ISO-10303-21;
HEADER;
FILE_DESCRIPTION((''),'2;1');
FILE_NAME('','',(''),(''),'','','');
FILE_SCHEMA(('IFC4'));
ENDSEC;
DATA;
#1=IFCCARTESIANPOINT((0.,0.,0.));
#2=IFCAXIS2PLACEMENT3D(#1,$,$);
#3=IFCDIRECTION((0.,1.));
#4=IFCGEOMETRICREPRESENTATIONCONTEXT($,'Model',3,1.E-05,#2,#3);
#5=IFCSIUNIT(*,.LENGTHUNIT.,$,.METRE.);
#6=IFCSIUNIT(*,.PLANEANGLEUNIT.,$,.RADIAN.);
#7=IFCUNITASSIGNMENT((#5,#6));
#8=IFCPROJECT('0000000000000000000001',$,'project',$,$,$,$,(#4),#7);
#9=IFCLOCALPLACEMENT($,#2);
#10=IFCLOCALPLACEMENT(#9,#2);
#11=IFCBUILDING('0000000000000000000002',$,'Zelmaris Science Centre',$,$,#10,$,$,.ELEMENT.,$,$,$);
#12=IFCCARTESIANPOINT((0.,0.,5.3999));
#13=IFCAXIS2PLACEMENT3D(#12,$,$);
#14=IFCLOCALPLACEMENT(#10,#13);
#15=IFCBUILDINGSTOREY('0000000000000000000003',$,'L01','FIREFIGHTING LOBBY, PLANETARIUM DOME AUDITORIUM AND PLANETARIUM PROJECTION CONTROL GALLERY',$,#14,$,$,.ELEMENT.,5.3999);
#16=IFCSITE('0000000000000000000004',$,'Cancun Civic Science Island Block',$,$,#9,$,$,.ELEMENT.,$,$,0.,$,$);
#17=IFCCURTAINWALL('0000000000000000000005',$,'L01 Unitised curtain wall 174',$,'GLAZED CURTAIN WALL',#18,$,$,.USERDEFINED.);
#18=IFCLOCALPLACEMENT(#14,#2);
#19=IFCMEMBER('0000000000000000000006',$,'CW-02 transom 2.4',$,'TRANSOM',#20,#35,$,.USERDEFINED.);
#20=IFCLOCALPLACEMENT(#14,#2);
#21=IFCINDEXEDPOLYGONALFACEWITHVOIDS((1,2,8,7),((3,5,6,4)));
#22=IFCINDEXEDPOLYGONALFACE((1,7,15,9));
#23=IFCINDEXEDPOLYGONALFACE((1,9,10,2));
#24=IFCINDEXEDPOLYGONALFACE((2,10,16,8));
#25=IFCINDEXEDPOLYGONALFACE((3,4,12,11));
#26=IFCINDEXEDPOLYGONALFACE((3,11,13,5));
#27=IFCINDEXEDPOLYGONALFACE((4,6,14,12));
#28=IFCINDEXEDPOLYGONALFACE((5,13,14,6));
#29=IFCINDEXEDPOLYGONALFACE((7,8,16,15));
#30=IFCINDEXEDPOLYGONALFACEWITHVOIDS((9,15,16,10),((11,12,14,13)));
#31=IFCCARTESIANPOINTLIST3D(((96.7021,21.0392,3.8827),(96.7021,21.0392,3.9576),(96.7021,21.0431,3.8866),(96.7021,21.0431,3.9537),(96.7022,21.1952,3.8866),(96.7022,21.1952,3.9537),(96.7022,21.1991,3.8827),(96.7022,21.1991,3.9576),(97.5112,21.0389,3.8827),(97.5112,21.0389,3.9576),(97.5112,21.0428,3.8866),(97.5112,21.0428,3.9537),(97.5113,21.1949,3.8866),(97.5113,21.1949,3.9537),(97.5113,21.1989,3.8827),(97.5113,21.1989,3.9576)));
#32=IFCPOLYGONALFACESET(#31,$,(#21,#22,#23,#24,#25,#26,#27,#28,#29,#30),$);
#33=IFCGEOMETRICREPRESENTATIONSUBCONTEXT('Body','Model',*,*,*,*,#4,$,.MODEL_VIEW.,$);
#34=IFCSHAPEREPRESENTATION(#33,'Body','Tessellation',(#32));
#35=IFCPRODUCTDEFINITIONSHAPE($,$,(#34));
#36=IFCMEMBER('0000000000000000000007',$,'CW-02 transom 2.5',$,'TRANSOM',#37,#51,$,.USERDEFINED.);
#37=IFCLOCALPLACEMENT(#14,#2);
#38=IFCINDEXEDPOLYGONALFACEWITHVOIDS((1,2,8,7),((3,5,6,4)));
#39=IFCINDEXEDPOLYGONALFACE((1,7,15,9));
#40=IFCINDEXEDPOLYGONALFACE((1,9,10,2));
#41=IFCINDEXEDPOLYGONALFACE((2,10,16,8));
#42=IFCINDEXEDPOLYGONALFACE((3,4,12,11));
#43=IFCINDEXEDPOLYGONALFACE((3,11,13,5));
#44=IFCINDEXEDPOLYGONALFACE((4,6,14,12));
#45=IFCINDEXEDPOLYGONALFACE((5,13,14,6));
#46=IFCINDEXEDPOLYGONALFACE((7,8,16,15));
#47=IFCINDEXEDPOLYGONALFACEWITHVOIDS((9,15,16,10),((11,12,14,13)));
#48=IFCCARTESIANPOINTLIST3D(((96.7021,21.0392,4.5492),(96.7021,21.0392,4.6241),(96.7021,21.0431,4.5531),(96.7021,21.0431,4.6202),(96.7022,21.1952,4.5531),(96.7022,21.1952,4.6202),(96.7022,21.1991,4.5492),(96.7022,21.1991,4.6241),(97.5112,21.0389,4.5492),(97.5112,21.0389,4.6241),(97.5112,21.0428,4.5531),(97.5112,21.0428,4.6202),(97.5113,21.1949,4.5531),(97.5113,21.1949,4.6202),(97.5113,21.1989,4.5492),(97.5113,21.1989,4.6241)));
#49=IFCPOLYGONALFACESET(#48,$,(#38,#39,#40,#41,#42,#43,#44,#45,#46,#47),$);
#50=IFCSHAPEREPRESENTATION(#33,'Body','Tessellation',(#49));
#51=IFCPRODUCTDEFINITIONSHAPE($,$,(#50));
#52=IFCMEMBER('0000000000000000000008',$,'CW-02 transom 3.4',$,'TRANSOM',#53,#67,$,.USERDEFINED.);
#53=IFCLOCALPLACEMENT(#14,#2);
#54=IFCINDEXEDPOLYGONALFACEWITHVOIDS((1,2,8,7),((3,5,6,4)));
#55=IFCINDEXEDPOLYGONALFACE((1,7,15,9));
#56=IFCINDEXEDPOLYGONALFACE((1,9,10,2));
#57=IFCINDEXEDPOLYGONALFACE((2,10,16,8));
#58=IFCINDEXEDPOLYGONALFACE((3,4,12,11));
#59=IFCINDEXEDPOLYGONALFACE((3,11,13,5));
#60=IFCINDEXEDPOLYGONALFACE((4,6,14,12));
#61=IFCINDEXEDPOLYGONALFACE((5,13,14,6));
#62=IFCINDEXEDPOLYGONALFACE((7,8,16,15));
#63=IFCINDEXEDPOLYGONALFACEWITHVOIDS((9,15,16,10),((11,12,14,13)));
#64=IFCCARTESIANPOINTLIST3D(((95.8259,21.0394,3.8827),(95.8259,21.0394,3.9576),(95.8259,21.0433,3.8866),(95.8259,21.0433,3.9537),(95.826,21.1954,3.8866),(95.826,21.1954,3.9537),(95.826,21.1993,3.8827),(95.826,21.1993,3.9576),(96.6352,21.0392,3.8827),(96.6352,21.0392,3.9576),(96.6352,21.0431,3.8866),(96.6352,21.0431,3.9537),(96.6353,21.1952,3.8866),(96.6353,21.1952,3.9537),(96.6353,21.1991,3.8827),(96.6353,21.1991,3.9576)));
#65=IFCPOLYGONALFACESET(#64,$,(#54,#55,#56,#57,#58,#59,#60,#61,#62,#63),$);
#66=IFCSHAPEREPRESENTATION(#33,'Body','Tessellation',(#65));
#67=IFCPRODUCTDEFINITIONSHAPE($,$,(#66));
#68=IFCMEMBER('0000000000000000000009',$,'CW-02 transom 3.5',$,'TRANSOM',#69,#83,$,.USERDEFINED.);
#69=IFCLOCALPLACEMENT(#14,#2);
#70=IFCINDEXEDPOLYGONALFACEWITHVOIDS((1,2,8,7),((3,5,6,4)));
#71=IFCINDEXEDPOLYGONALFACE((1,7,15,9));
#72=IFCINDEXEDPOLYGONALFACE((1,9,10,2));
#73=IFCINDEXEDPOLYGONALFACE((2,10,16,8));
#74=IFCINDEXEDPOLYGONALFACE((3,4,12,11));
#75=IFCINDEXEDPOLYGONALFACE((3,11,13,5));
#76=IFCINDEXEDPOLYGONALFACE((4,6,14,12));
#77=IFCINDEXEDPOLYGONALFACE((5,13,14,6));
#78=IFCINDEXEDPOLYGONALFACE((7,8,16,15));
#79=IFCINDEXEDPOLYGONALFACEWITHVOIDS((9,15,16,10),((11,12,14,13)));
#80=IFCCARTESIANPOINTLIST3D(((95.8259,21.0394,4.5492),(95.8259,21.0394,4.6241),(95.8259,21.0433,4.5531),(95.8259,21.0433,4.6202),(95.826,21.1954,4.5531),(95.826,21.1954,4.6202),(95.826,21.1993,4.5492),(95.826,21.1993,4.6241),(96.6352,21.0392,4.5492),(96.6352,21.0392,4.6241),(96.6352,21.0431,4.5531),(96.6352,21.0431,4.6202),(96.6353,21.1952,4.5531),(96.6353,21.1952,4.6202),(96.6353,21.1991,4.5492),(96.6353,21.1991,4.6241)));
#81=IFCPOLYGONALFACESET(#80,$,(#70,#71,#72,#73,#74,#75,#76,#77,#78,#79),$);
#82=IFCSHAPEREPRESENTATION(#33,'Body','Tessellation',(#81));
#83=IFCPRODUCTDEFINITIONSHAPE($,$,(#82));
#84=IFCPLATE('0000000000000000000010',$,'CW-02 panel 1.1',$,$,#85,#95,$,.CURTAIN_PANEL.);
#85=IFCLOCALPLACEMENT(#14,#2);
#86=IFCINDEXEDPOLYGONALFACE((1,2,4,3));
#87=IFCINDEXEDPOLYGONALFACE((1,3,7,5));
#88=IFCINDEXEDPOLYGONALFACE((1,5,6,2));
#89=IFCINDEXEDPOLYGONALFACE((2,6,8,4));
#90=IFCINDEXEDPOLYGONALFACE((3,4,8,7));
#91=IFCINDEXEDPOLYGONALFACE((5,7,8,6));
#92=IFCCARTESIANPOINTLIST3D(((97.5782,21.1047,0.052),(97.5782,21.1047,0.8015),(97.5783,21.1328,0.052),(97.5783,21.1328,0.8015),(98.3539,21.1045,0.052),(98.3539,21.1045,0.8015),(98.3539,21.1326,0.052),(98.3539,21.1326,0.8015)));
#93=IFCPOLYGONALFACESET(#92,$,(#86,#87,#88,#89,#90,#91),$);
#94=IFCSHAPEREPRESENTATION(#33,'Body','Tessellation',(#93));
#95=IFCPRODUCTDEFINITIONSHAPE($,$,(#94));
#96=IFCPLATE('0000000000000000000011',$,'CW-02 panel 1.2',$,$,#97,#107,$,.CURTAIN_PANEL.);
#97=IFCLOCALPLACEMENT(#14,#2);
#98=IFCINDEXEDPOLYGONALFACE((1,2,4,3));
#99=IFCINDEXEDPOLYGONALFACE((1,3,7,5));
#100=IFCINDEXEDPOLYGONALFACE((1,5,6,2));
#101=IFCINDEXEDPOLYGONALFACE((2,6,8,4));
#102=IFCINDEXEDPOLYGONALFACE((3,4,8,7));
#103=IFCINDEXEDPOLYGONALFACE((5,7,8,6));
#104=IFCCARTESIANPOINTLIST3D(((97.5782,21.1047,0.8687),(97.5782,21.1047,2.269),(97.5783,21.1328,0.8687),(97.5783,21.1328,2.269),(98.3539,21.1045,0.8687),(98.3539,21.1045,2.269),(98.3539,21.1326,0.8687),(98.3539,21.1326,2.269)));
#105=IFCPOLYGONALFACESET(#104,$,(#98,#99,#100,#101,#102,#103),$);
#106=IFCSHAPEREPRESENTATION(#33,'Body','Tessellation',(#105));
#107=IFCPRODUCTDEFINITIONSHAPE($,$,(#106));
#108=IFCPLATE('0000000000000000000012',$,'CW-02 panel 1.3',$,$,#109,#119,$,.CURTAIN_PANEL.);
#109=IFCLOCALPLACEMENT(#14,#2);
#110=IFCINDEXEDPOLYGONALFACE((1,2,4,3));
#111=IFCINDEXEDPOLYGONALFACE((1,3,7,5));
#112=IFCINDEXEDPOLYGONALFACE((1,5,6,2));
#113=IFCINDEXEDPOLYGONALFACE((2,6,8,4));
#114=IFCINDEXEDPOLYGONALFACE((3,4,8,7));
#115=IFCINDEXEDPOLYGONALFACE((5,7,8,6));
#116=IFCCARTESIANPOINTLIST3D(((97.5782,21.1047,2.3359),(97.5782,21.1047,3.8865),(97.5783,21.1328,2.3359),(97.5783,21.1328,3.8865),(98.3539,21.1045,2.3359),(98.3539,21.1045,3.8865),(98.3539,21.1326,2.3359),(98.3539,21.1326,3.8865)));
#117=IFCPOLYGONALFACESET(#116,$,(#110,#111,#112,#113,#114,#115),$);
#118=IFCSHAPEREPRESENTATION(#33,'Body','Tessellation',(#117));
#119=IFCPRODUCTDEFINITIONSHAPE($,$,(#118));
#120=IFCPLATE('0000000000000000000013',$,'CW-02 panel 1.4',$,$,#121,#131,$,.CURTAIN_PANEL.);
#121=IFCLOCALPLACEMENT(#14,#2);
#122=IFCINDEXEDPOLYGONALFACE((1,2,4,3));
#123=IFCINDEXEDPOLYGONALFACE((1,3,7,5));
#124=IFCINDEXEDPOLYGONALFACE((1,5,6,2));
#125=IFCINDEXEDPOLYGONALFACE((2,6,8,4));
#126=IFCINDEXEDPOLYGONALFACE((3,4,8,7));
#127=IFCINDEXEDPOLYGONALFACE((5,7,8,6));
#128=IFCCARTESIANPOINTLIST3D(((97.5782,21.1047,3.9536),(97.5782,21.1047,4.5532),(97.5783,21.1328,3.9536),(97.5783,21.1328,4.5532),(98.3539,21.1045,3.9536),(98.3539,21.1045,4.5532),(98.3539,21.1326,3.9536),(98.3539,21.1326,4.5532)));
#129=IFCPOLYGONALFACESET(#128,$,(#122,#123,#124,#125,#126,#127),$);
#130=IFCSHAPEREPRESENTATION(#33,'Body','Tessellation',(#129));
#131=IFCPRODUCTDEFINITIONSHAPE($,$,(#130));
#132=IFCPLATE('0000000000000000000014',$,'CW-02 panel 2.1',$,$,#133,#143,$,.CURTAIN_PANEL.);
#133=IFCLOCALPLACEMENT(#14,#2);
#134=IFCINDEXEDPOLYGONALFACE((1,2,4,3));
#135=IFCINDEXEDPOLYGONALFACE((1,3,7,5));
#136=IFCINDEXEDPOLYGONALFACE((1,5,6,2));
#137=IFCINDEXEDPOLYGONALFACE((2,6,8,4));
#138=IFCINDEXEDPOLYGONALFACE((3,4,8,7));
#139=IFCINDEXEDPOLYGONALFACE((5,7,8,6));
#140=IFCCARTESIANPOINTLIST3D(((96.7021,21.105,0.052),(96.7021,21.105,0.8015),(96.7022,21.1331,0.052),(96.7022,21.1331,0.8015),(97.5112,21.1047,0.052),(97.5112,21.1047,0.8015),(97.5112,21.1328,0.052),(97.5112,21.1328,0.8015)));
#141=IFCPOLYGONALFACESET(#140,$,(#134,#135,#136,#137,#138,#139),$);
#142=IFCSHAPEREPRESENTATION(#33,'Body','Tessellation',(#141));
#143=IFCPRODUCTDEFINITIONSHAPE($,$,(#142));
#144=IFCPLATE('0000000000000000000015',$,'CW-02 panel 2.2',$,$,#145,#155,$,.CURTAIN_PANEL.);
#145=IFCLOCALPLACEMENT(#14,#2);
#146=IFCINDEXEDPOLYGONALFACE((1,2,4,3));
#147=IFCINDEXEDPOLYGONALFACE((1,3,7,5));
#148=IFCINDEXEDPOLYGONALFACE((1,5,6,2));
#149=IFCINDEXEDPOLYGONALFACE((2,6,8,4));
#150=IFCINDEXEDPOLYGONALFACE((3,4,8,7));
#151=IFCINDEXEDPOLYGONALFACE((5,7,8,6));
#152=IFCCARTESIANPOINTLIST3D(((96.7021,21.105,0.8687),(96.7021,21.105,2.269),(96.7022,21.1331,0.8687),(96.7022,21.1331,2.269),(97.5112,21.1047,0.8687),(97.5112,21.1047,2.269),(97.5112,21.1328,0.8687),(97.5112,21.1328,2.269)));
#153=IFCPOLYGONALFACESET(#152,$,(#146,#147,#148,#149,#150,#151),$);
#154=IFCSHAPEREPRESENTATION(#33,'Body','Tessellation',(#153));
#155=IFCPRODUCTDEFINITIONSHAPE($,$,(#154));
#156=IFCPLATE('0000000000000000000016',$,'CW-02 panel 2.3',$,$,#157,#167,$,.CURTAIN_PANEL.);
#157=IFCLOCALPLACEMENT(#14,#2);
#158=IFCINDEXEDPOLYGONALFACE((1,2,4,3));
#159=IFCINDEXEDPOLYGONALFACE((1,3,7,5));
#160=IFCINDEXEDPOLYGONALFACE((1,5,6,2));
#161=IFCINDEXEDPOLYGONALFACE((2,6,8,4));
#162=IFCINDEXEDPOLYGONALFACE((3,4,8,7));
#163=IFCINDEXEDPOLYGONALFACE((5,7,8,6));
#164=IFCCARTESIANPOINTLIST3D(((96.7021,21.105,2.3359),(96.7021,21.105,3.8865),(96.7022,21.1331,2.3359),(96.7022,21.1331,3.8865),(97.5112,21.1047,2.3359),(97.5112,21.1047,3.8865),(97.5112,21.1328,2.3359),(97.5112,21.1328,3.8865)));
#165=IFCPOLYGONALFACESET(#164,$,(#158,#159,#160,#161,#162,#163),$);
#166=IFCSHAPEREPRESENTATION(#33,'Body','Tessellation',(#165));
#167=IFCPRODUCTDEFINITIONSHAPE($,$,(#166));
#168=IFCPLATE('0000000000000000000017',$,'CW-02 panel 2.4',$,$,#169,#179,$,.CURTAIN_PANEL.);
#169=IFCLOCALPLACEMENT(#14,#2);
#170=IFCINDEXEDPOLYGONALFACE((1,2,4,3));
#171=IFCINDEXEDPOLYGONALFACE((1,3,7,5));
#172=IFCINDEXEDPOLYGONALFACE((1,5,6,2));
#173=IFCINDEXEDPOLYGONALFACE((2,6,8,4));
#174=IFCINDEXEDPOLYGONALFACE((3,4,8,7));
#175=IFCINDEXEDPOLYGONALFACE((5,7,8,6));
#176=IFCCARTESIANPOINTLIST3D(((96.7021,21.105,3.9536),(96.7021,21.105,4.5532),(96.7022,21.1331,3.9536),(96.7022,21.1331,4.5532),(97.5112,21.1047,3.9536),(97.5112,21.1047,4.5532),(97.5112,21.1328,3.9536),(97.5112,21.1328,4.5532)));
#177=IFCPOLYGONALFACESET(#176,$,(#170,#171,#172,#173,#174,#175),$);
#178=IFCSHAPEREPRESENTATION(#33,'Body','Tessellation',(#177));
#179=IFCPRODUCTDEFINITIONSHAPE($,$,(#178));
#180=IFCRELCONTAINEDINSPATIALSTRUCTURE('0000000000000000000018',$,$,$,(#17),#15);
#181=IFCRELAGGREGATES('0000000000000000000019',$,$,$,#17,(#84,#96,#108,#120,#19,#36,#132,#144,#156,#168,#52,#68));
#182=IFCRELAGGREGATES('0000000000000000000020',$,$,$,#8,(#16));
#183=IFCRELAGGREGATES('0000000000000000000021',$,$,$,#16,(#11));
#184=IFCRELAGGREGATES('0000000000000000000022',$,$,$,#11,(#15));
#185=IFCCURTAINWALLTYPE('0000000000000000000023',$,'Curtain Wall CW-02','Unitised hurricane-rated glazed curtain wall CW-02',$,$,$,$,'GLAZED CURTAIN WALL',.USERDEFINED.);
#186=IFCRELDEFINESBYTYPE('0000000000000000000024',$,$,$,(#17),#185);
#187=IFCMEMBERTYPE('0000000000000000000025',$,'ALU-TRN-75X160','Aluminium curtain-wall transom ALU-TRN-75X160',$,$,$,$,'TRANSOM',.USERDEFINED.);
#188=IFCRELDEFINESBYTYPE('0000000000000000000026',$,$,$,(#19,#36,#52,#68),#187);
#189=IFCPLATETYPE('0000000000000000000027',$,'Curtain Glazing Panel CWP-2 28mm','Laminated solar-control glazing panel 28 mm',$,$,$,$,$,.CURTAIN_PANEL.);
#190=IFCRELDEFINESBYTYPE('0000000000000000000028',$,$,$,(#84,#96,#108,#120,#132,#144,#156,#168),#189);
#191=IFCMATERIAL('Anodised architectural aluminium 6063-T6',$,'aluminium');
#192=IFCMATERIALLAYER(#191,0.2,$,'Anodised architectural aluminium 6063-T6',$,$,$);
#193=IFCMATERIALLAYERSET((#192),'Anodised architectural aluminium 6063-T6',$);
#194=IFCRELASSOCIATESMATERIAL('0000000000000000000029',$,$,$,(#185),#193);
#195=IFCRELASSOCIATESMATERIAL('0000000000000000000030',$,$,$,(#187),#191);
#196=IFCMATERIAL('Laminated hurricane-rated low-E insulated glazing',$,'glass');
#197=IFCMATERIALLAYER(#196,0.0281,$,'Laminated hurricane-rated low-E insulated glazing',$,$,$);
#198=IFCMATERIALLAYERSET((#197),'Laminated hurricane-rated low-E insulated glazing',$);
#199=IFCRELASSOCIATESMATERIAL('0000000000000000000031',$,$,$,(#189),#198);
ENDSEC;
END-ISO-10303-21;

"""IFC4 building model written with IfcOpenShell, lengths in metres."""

from ifc_helpers import new_model, si_unit, direction, frame, origin, origin_2d, place, context, subcontext, project, spatial, rectangle, hollow_rectangle, extrude, material, layer, layer_set, material_profile, profile_set, type_object, element, aggregate, save


model = new_model("IFC4")

# Units and contexts
model_context = context("Model", 3, precision=1e-05, world=origin(), true_north=direction((0.0, 1.0)))
body_context = subcontext(model_context, "Body", "Model", "MODEL_VIEW")
ifc_project = project(units=[si_unit("LENGTHUNIT", "METRE"), si_unit("PLANEANGLEUNIT", "RADIAN")], contexts=[model_context])

# Site, building, storey
site_placement = place(None, origin())
site = spatial("IfcSite", under=ifc_project, at=site_placement, Name="Cancun Civic Science Island Block", CompositionType="ELEMENT", RefElevation=0.0)
building_placement = place(site_placement, origin())
building = spatial("IfcBuilding", under=site, at=building_placement, Name="Zelmaris Science Centre", CompositionType="ELEMENT")
storey_placement = place(building_placement, frame((0.0, 0.0, 5.3999)))
storey = spatial("IfcBuildingStorey", under=building, at=storey_placement, Name="L01", Description="FIREFIGHTING LOBBY, PLANETARIUM DOME AUDITORIUM AND PLANETARIUM PROJECTION CONTROL GALLERY", CompositionType="ELEMENT", Elevation=5.3999)

# Curtain wall, members, plates
ifc_material_1 = material(Name="Anodised architectural aluminium 6063-T6", Category="aluminium")
ifc_layer_1 = layer(ifc_material_1, 0.2, Name="Anodised architectural aluminium 6063-T6")
ifc_layer_set_1 = layer_set([ifc_layer_1], Name="Anodised architectural aluminium 6063-T6")
curtain_wall_type = type_object("IfcCurtainWallType", Name="Curtain Wall CW-02", Description="Unitised hurricane-rated glazed curtain wall CW-02", ElementType="GLAZED CURTAIN WALL", PredefinedType="USERDEFINED", material=ifc_layer_set_1)
curtain_wall_placement = place(storey_placement, origin())
curtain_wall = element("IfcCurtainWall", 1, at=curtain_wall_placement, inside=storey, type_object=curtain_wall_type, Name="L01 Unitised curtain wall 174", ObjectType="GLAZED CURTAIN WALL", PredefinedType="USERDEFINED")
ifc_material_profile_1 = material_profile(ifc_material_1, hollow_rectangle(XDim=0.075, YDim=0.1599, WallThickness=0.0039, at=origin_2d()), Name="ALU-TRN-75X160")
ifc_profile_set_1 = profile_set([ifc_material_profile_1], Name="Anodised architectural aluminium 6063-T6")
member_type_1 = type_object("IfcMemberType", Name="ALU-TRN-75X160", Description="Aluminium curtain-wall transom ALU-TRN-75X160", ElementType="TRANSOM", PredefinedType="USERDEFINED", material=ifc_profile_set_1)
member_1_placement = place(storey_placement, frame((97.5112, 21.1189, 3.9202), z_axis=(-1.0, 0.000302, 0.0), x_axis=(0.0, 0.0, 1.0)))
member_1 = element("IfcMember", 2, at=member_1_placement, type_object=member_type_1, Name="CW-02 transom 2.4", ObjectType="TRANSOM", PredefinedType="USERDEFINED", context=body_context, shape_type="SweptSolid", body=[
    extrude(hollow_rectangle(XDim=0.075, YDim=0.1599, WallThickness=0.0039, at=origin_2d()), origin(), (0.0, 0.0, 1.0), 0.8091),
])
member_2_placement = place(storey_placement, frame((97.5112, 21.1189, 4.5867), z_axis=(-1.0, 0.000302, 0.0), x_axis=(0.0, 0.0, 1.0)))
member_2 = element("IfcMember", 3, at=member_2_placement, type_object=member_type_1, Name="CW-02 transom 2.5", ObjectType="TRANSOM", PredefinedType="USERDEFINED", context=body_context, shape_type="SweptSolid", body=[
    extrude(hollow_rectangle(XDim=0.075, YDim=0.1599, WallThickness=0.0039, at=origin_2d()), origin(), (0.0, 0.0, 1.0), 0.8091),
])
member_3_placement = place(storey_placement, frame((96.6353, 21.1191, 3.9202), z_axis=(-1.0, 0.000302, 0.0), x_axis=(0.0, 0.0, 1.0)))
member_3 = element("IfcMember", 4, at=member_3_placement, type_object=member_type_1, Name="CW-02 transom 3.4", ObjectType="TRANSOM", PredefinedType="USERDEFINED", context=body_context, shape_type="SweptSolid", body=[
    extrude(hollow_rectangle(XDim=0.075, YDim=0.1599, WallThickness=0.0039, at=origin_2d()), origin(), (0.0, 0.0, 1.0), 0.8093),
])
member_4_placement = place(storey_placement, frame((96.6353, 21.1191, 4.5867), z_axis=(-1.0, 0.000302, 0.0), x_axis=(0.0, 0.0, 1.0)))
member_4 = element("IfcMember", 5, at=member_4_placement, type_object=member_type_1, Name="CW-02 transom 3.5", ObjectType="TRANSOM", PredefinedType="USERDEFINED", context=body_context, shape_type="SweptSolid", body=[
    extrude(hollow_rectangle(XDim=0.075, YDim=0.1599, WallThickness=0.0039, at=origin_2d()), origin(), (0.0, 0.0, 1.0), 0.8093),
])
ifc_material_2 = material(Name="Laminated hurricane-rated low-E insulated glazing", Category="glass")
ifc_layer_2 = layer(ifc_material_2, 0.0281, Name="Laminated hurricane-rated low-E insulated glazing")
ifc_layer_set_2 = layer_set([ifc_layer_2], Name="Laminated hurricane-rated low-E insulated glazing")
plate_type = type_object("IfcPlateType", Name="Curtain Glazing Panel CWP-2 28mm", Description="Laminated solar-control glazing panel 28 mm", PredefinedType="CURTAIN_PANEL", material=ifc_layer_set_2)
plate_1_placement = place(storey_placement, frame((97.9661, 21.1187, 0.052), z_axis=(0.0, 0.0, 1.0), x_axis=(-1.0, 0.00032, 0.0)))
plate_1 = element("IfcPlate", 6, at=plate_1_placement, type_object=plate_type, Name="CW-02 panel 1.1", PredefinedType="CURTAIN_PANEL", context=body_context, shape_type="SweptSolid", body=[
    extrude(rectangle(XDim=0.7756, YDim=0.0281, at=origin_2d()), origin(), (0.0, 0.0, 1.0), 0.7495),
])
plate_2_placement = place(storey_placement, frame((97.9661, 21.1187, 0.8687), z_axis=(0.0, 0.0, 1.0), x_axis=(-1.0, 0.00032, 0.0)))
plate_2 = element("IfcPlate", 7, at=plate_2_placement, type_object=plate_type, Name="CW-02 panel 1.2", PredefinedType="CURTAIN_PANEL", context=body_context, shape_type="SweptSolid", body=[
    extrude(rectangle(XDim=0.7756, YDim=0.0281, at=origin_2d()), origin(), (0.0, 0.0, 1.0), 1.4004),
])
plate_3_placement = place(storey_placement, frame((97.9661, 21.1187, 2.3359), z_axis=(0.0, 0.0, 1.0), x_axis=(-1.0, 0.00032, 0.0)))
plate_3 = element("IfcPlate", 8, at=plate_3_placement, type_object=plate_type, Name="CW-02 panel 1.3", PredefinedType="CURTAIN_PANEL", context=body_context, shape_type="SweptSolid", body=[
    extrude(rectangle(XDim=0.7756, YDim=0.0281, at=origin_2d()), origin(), (0.0, 0.0, 1.0), 1.5505),
])
plate_4_placement = place(storey_placement, frame((97.9661, 21.1187, 3.9536), z_axis=(0.0, 0.0, 1.0), x_axis=(-1.0, 0.00032, 0.0)))
plate_4 = element("IfcPlate", 9, at=plate_4_placement, type_object=plate_type, Name="CW-02 panel 1.4", PredefinedType="CURTAIN_PANEL", context=body_context, shape_type="SweptSolid", body=[
    extrude(rectangle(XDim=0.7756, YDim=0.0281, at=origin_2d()), origin(), (0.0, 0.0, 1.0), 0.5996),
])
plate_5_placement = place(storey_placement, frame((97.1067, 21.1189, 0.052), z_axis=(0.0, 0.0, 1.0), x_axis=(-1.0, 0.00032, 0.0)))
plate_5 = element("IfcPlate", 10, at=plate_5_placement, type_object=plate_type, Name="CW-02 panel 2.1", PredefinedType="CURTAIN_PANEL", context=body_context, shape_type="SweptSolid", body=[
    extrude(rectangle(XDim=0.8091, YDim=0.0281, at=origin_2d()), origin(), (0.0, 0.0, 1.0), 0.7495),
])
plate_6_placement = place(storey_placement, frame((97.1067, 21.1189, 0.8687), z_axis=(0.0, 0.0, 1.0), x_axis=(-1.0, 0.00032, 0.0)))
plate_6 = element("IfcPlate", 11, at=plate_6_placement, type_object=plate_type, Name="CW-02 panel 2.2", PredefinedType="CURTAIN_PANEL", context=body_context, shape_type="SweptSolid", body=[
    extrude(rectangle(XDim=0.8091, YDim=0.0281, at=origin_2d()), origin(), (0.0, 0.0, 1.0), 1.4004),
])
plate_7_placement = place(storey_placement, frame((97.1067, 21.1189, 2.3359), z_axis=(0.0, 0.0, 1.0), x_axis=(-1.0, 0.00032, 0.0)))
plate_7 = element("IfcPlate", 12, at=plate_7_placement, type_object=plate_type, Name="CW-02 panel 2.3", PredefinedType="CURTAIN_PANEL", context=body_context, shape_type="SweptSolid", body=[
    extrude(rectangle(XDim=0.8091, YDim=0.0281, at=origin_2d()), origin(), (0.0, 0.0, 1.0), 1.5505),
])
plate_8_placement = place(storey_placement, frame((97.1067, 21.1189, 3.9536), z_axis=(0.0, 0.0, 1.0), x_axis=(-1.0, 0.00032, 0.0)))
plate_8 = element("IfcPlate", 13, at=plate_8_placement, type_object=plate_type, Name="CW-02 panel 2.4", PredefinedType="CURTAIN_PANEL", context=body_context, shape_type="SweptSolid", body=[
    extrude(rectangle(XDim=0.8091, YDim=0.0281, at=origin_2d()), origin(), (0.0, 0.0, 1.0), 0.5996),
])
aggregate(curtain_wall, [plate_1, plate_2, plate_3, plate_4, member_1, member_2, plate_5, plate_6, plate_7, plate_8, member_3, member_4])

save(model, "model.ifc")
